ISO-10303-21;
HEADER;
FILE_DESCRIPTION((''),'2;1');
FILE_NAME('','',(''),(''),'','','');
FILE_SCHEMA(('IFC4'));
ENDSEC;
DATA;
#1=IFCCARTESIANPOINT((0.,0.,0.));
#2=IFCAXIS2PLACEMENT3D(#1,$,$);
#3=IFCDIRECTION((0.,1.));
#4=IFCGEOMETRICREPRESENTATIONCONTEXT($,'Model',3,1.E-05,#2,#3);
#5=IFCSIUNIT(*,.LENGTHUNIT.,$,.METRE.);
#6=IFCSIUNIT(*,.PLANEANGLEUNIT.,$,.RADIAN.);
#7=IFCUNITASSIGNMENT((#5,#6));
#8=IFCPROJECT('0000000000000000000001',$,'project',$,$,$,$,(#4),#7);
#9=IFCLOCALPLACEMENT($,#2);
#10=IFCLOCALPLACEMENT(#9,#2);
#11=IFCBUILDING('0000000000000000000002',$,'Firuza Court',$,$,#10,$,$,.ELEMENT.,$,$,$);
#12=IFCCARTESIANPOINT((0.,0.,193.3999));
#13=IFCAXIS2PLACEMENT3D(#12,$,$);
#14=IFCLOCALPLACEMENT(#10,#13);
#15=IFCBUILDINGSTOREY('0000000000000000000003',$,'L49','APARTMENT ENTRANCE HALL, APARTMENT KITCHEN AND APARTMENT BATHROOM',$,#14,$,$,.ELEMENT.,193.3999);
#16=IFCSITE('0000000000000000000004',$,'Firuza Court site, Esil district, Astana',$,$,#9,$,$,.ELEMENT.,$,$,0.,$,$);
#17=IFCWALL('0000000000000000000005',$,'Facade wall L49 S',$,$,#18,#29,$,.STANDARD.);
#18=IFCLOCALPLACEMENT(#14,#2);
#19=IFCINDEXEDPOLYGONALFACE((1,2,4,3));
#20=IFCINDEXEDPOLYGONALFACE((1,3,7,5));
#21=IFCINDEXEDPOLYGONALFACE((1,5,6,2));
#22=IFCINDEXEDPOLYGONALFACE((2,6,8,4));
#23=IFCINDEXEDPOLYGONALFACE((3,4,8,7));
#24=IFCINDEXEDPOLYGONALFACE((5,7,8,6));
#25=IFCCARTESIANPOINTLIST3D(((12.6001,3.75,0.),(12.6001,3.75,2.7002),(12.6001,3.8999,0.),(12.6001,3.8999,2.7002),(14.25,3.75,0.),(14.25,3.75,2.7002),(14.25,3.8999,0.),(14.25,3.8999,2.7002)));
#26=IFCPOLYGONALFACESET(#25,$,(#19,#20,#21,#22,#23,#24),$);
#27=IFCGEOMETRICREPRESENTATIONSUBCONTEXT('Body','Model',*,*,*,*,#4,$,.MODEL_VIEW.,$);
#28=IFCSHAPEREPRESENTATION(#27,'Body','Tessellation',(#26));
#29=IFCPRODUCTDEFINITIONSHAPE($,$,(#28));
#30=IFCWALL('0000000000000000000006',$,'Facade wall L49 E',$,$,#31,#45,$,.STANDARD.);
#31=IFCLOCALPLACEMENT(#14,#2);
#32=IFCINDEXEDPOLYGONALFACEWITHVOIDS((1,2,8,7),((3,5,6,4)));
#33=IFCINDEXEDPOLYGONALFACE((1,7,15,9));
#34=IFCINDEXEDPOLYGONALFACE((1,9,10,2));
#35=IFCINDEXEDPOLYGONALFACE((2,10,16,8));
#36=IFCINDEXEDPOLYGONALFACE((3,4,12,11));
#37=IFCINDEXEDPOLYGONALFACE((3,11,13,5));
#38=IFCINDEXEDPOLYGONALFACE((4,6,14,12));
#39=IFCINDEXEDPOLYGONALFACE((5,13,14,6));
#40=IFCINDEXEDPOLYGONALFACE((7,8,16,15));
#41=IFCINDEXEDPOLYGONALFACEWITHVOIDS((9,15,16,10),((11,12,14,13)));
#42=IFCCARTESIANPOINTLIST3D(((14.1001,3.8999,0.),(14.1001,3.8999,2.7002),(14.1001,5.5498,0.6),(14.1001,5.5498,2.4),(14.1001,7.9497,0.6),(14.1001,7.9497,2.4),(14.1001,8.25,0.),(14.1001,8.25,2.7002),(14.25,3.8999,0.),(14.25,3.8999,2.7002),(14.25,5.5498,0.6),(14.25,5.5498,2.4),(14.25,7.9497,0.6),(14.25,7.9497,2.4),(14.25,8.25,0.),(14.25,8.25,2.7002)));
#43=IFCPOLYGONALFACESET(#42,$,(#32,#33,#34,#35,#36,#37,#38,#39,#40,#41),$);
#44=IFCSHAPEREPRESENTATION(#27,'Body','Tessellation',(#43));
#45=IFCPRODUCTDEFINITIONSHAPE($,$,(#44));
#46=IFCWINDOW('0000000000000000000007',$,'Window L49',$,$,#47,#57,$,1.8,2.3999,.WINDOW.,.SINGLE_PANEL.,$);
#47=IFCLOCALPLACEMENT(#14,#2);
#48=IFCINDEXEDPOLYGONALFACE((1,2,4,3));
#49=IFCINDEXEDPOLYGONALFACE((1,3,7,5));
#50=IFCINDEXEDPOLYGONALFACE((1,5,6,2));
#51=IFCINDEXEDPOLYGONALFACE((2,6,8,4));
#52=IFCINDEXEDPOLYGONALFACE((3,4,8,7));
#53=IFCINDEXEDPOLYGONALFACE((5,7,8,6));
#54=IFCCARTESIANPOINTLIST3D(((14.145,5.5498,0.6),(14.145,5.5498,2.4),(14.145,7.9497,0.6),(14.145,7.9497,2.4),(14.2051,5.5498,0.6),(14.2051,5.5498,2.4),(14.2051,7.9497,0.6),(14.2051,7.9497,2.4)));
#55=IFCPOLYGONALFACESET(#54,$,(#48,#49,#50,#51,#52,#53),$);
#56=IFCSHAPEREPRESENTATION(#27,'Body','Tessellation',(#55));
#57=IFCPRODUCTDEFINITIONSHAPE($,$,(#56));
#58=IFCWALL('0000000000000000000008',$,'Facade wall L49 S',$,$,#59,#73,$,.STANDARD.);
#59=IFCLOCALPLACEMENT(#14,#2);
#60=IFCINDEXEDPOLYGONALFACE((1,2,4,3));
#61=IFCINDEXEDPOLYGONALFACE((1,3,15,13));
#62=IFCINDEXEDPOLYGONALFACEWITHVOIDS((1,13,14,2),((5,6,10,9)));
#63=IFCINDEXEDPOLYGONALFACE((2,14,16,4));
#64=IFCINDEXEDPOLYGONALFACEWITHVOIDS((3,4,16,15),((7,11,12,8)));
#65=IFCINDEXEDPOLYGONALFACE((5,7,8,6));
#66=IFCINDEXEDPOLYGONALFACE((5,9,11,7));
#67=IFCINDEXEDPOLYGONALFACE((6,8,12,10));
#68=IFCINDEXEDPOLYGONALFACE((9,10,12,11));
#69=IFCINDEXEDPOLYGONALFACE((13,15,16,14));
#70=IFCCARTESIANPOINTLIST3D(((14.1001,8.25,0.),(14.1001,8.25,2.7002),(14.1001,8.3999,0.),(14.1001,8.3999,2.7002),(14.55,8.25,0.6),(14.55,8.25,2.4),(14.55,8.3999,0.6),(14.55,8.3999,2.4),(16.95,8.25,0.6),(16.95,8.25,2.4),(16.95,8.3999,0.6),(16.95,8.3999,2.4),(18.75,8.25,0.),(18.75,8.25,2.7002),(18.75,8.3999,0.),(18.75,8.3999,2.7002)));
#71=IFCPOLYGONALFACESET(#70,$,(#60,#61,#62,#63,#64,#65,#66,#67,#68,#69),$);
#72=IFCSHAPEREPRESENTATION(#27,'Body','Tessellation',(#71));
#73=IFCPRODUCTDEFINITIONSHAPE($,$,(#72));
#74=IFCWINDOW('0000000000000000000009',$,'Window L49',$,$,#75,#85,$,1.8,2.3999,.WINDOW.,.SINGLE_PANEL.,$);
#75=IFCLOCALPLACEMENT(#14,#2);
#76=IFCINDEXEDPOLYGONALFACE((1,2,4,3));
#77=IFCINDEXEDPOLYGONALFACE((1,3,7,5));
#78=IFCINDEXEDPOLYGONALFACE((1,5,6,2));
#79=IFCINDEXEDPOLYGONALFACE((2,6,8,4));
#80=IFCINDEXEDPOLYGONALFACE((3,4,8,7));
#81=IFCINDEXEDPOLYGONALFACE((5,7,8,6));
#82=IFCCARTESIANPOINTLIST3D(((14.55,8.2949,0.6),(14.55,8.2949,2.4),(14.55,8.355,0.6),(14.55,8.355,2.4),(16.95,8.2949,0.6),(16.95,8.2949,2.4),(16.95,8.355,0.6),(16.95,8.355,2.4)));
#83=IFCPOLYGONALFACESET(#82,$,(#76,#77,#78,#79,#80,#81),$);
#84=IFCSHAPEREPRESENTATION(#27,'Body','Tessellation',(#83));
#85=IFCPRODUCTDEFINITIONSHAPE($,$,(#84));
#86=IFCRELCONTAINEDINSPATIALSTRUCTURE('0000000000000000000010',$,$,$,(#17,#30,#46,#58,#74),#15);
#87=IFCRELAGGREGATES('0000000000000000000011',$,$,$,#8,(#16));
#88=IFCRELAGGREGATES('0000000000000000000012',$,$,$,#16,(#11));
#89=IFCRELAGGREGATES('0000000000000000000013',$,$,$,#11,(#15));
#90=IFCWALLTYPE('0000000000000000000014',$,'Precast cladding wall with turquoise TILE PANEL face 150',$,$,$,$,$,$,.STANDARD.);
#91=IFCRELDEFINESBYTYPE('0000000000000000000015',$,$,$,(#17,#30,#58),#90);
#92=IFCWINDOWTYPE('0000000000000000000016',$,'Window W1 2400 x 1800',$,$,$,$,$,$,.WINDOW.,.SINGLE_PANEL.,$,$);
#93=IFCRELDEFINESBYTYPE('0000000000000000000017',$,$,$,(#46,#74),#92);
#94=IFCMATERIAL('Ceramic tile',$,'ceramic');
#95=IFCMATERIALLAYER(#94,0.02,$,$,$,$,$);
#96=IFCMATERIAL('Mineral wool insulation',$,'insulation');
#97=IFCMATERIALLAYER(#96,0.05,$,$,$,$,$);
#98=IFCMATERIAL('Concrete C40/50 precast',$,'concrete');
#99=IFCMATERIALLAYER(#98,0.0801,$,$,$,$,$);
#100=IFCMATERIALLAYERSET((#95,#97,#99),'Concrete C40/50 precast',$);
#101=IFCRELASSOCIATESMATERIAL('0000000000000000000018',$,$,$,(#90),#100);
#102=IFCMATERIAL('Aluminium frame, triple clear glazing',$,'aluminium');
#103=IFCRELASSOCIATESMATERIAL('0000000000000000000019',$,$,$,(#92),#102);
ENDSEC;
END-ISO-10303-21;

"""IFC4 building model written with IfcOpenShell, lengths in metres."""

from ifc_helpers import new_model, si_unit, direction, frame, frame_2d, origin, place, context, subcontext, project, spatial, rectangle, extrude, material, layer, layer_set, type_object, element, fill, save


model = new_model("IFC4")

# Units and contexts
model_context = context("Model", 3, precision=1e-05, world=origin(), true_north=direction((0.0, 1.0)))
body_context = subcontext(model_context, "Body", "Model", "MODEL_VIEW")
ifc_project = project(units=[si_unit("LENGTHUNIT", "METRE"), si_unit("PLANEANGLEUNIT", "RADIAN")], contexts=[model_context])

# Site, building, storey
site_placement = place(None, origin())
site = spatial("IfcSite", under=ifc_project, at=site_placement, Name="Firuza Court site, Esil district, Astana", CompositionType="ELEMENT", RefElevation=0.0)
building_placement = place(site_placement, origin())
building = spatial("IfcBuilding", under=site, at=building_placement, Name="Firuza Court", CompositionType="ELEMENT")
storey_placement = place(building_placement, frame((0.0, 0.0, 193.3999)))
storey = spatial("IfcBuildingStorey", under=building, at=storey_placement, Name="L49", Description="APARTMENT ENTRANCE HALL, APARTMENT KITCHEN AND APARTMENT BATHROOM", CompositionType="ELEMENT", Elevation=193.3999)

# Wall
ifc_material_1 = material(Name="Ceramic tile", Category="ceramic")
ifc_layer_1 = layer(ifc_material_1, 0.02)
ifc_material_2 = material(Name="Mineral wool insulation", Category="insulation")
ifc_layer_2 = layer(ifc_material_2, 0.05)
ifc_material_3 = material(Name="Concrete C40/50 precast", Category="concrete")
ifc_layer_3 = layer(ifc_material_3, 0.0801)
ifc_layer_set_1 = layer_set([ifc_layer_1, ifc_layer_2, ifc_layer_3], Name="Concrete C40/50 precast")
wall_type_1 = type_object("IfcWallType", Name="Precast cladding wall with turquoise TILE PANEL face 150", PredefinedType="STANDARD", material=ifc_layer_set_1)
wall_1_placement = place(storey_placement, frame((12.6001, 3.825, 0.0), z_axis=(0.0, 0.0, 1.0), x_axis=(1.0, 0.0, 0.0)))
element("IfcWall", 1, at=wall_1_placement, inside=storey, type_object=wall_type_1, Name="Facade wall L49 S", PredefinedType="STANDARD", context=body_context, shape_type="SweptSolid", body=[
    extrude(rectangle(XDim=1.6499, YDim=0.1499, at=frame_2d((0.825, 0.0))), origin(), (0.0, 0.0, 1.0), 2.7002),
])

# Walls, openings, windows
wall_2_placement = place(storey_placement, frame((14.175, 3.8999, 0.0), z_axis=(0.0, 0.0, 1.0), x_axis=(0.0, 1.0, 0.0)))
wall_2 = element("IfcWall", 2, at=wall_2_placement, inside=storey, type_object=wall_type_1, Name="Facade wall L49 E", PredefinedType="STANDARD", context=body_context, shape_type="SweptSolid", body=[
    extrude(rectangle(XDim=4.3501, YDim=0.1499, at=frame_2d((2.175, 0.0))), origin(), (0.0, 0.0, 1.0), 2.7002),
])
opening_1_placement = place(wall_2_placement, frame((1.6499, 0.0, 0.6001)))
opening_1 = element("IfcOpeningElement", 3, at=opening_1_placement, cuts=wall_2, PredefinedType="OPENING", context=body_context, shape_type="SweptSolid", body=[
    extrude(rectangle(XDim=2.3999, YDim=1.8, at=frame_2d((1.2, 0.8999))), frame((0.0, 0.0869, 0.0), z_axis=(0.0, -1.0, 0.0), x_axis=(1.0, 0.0, 0.0)), (0.0, 0.0, 1.0), 0.1738),
])
ifc_material_4 = material(Name="Aluminium frame, triple clear glazing", Category="aluminium")
window_type = type_object("IfcWindowType", Name="Window W1 2400 x 1800", PartitioningType="SINGLE_PANEL", PredefinedType="WINDOW", material=ifc_material_4)
window_1_placement = place(opening_1_placement, origin())
window_1 = element("IfcWindow", 4, at=window_1_placement, inside=storey, type_object=window_type, Name="Window L49", OverallHeight=1.8, OverallWidth=2.3999, PartitioningType="SINGLE_PANEL", PredefinedType="WINDOW", context=body_context, shape_type="SweptSolid", body=[
    extrude(rectangle(XDim=2.3999, YDim=1.8, at=frame_2d((1.2, 0.8999))), frame((0.0, 0.03, 0.0), z_axis=(0.0, -1.0, 0.0), x_axis=(1.0, 0.0, 0.0)), (0.0, 0.0, 1.0), 0.0601),
])
fill(opening_1, window_1)
wall_3_placement = place(storey_placement, frame((14.1001, 8.325, 0.0), z_axis=(0.0, 0.0, 1.0), x_axis=(1.0, 0.0, 0.0)))
wall_3 = element("IfcWall", 5, at=wall_3_placement, inside=storey, type_object=wall_type_1, Name="Facade wall L49 S", PredefinedType="STANDARD", context=body_context, shape_type="SweptSolid", body=[
    extrude(rectangle(XDim=4.6499, YDim=0.1499, at=frame_2d((2.325, 0.0))), origin(), (0.0, 0.0, 1.0), 2.7002),
])
opening_2_placement = place(wall_3_placement, frame((0.45, 0.0, 0.6001)))
opening_2 = element("IfcOpeningElement", 6, at=opening_2_placement, cuts=wall_3, PredefinedType="OPENING", context=body_context, shape_type="SweptSolid", body=[
    extrude(rectangle(XDim=2.3999, YDim=1.8, at=frame_2d((1.2, 0.8999))), frame((0.0, 0.0869, 0.0), z_axis=(0.0, -1.0, 0.0), x_axis=(1.0, 0.0, 0.0)), (0.0, 0.0, 1.0), 0.1738),
])
window_2_placement = place(opening_2_placement, origin())
window_2 = element("IfcWindow", 7, at=window_2_placement, inside=storey, type_object=window_type, Name="Window L49", OverallHeight=1.8, OverallWidth=2.3999, PartitioningType="SINGLE_PANEL", PredefinedType="WINDOW", context=body_context, shape_type="SweptSolid", body=[
    extrude(rectangle(XDim=2.3999, YDim=1.8, at=frame_2d((1.2, 0.8999))), frame((0.0, 0.03, 0.0), z_axis=(0.0, -1.0, 0.0), x_axis=(1.0, 0.0, 0.0)), (0.0, 0.0, 1.0), 0.0601),
])
fill(opening_2, window_2)

save(model, "model.ifc")
